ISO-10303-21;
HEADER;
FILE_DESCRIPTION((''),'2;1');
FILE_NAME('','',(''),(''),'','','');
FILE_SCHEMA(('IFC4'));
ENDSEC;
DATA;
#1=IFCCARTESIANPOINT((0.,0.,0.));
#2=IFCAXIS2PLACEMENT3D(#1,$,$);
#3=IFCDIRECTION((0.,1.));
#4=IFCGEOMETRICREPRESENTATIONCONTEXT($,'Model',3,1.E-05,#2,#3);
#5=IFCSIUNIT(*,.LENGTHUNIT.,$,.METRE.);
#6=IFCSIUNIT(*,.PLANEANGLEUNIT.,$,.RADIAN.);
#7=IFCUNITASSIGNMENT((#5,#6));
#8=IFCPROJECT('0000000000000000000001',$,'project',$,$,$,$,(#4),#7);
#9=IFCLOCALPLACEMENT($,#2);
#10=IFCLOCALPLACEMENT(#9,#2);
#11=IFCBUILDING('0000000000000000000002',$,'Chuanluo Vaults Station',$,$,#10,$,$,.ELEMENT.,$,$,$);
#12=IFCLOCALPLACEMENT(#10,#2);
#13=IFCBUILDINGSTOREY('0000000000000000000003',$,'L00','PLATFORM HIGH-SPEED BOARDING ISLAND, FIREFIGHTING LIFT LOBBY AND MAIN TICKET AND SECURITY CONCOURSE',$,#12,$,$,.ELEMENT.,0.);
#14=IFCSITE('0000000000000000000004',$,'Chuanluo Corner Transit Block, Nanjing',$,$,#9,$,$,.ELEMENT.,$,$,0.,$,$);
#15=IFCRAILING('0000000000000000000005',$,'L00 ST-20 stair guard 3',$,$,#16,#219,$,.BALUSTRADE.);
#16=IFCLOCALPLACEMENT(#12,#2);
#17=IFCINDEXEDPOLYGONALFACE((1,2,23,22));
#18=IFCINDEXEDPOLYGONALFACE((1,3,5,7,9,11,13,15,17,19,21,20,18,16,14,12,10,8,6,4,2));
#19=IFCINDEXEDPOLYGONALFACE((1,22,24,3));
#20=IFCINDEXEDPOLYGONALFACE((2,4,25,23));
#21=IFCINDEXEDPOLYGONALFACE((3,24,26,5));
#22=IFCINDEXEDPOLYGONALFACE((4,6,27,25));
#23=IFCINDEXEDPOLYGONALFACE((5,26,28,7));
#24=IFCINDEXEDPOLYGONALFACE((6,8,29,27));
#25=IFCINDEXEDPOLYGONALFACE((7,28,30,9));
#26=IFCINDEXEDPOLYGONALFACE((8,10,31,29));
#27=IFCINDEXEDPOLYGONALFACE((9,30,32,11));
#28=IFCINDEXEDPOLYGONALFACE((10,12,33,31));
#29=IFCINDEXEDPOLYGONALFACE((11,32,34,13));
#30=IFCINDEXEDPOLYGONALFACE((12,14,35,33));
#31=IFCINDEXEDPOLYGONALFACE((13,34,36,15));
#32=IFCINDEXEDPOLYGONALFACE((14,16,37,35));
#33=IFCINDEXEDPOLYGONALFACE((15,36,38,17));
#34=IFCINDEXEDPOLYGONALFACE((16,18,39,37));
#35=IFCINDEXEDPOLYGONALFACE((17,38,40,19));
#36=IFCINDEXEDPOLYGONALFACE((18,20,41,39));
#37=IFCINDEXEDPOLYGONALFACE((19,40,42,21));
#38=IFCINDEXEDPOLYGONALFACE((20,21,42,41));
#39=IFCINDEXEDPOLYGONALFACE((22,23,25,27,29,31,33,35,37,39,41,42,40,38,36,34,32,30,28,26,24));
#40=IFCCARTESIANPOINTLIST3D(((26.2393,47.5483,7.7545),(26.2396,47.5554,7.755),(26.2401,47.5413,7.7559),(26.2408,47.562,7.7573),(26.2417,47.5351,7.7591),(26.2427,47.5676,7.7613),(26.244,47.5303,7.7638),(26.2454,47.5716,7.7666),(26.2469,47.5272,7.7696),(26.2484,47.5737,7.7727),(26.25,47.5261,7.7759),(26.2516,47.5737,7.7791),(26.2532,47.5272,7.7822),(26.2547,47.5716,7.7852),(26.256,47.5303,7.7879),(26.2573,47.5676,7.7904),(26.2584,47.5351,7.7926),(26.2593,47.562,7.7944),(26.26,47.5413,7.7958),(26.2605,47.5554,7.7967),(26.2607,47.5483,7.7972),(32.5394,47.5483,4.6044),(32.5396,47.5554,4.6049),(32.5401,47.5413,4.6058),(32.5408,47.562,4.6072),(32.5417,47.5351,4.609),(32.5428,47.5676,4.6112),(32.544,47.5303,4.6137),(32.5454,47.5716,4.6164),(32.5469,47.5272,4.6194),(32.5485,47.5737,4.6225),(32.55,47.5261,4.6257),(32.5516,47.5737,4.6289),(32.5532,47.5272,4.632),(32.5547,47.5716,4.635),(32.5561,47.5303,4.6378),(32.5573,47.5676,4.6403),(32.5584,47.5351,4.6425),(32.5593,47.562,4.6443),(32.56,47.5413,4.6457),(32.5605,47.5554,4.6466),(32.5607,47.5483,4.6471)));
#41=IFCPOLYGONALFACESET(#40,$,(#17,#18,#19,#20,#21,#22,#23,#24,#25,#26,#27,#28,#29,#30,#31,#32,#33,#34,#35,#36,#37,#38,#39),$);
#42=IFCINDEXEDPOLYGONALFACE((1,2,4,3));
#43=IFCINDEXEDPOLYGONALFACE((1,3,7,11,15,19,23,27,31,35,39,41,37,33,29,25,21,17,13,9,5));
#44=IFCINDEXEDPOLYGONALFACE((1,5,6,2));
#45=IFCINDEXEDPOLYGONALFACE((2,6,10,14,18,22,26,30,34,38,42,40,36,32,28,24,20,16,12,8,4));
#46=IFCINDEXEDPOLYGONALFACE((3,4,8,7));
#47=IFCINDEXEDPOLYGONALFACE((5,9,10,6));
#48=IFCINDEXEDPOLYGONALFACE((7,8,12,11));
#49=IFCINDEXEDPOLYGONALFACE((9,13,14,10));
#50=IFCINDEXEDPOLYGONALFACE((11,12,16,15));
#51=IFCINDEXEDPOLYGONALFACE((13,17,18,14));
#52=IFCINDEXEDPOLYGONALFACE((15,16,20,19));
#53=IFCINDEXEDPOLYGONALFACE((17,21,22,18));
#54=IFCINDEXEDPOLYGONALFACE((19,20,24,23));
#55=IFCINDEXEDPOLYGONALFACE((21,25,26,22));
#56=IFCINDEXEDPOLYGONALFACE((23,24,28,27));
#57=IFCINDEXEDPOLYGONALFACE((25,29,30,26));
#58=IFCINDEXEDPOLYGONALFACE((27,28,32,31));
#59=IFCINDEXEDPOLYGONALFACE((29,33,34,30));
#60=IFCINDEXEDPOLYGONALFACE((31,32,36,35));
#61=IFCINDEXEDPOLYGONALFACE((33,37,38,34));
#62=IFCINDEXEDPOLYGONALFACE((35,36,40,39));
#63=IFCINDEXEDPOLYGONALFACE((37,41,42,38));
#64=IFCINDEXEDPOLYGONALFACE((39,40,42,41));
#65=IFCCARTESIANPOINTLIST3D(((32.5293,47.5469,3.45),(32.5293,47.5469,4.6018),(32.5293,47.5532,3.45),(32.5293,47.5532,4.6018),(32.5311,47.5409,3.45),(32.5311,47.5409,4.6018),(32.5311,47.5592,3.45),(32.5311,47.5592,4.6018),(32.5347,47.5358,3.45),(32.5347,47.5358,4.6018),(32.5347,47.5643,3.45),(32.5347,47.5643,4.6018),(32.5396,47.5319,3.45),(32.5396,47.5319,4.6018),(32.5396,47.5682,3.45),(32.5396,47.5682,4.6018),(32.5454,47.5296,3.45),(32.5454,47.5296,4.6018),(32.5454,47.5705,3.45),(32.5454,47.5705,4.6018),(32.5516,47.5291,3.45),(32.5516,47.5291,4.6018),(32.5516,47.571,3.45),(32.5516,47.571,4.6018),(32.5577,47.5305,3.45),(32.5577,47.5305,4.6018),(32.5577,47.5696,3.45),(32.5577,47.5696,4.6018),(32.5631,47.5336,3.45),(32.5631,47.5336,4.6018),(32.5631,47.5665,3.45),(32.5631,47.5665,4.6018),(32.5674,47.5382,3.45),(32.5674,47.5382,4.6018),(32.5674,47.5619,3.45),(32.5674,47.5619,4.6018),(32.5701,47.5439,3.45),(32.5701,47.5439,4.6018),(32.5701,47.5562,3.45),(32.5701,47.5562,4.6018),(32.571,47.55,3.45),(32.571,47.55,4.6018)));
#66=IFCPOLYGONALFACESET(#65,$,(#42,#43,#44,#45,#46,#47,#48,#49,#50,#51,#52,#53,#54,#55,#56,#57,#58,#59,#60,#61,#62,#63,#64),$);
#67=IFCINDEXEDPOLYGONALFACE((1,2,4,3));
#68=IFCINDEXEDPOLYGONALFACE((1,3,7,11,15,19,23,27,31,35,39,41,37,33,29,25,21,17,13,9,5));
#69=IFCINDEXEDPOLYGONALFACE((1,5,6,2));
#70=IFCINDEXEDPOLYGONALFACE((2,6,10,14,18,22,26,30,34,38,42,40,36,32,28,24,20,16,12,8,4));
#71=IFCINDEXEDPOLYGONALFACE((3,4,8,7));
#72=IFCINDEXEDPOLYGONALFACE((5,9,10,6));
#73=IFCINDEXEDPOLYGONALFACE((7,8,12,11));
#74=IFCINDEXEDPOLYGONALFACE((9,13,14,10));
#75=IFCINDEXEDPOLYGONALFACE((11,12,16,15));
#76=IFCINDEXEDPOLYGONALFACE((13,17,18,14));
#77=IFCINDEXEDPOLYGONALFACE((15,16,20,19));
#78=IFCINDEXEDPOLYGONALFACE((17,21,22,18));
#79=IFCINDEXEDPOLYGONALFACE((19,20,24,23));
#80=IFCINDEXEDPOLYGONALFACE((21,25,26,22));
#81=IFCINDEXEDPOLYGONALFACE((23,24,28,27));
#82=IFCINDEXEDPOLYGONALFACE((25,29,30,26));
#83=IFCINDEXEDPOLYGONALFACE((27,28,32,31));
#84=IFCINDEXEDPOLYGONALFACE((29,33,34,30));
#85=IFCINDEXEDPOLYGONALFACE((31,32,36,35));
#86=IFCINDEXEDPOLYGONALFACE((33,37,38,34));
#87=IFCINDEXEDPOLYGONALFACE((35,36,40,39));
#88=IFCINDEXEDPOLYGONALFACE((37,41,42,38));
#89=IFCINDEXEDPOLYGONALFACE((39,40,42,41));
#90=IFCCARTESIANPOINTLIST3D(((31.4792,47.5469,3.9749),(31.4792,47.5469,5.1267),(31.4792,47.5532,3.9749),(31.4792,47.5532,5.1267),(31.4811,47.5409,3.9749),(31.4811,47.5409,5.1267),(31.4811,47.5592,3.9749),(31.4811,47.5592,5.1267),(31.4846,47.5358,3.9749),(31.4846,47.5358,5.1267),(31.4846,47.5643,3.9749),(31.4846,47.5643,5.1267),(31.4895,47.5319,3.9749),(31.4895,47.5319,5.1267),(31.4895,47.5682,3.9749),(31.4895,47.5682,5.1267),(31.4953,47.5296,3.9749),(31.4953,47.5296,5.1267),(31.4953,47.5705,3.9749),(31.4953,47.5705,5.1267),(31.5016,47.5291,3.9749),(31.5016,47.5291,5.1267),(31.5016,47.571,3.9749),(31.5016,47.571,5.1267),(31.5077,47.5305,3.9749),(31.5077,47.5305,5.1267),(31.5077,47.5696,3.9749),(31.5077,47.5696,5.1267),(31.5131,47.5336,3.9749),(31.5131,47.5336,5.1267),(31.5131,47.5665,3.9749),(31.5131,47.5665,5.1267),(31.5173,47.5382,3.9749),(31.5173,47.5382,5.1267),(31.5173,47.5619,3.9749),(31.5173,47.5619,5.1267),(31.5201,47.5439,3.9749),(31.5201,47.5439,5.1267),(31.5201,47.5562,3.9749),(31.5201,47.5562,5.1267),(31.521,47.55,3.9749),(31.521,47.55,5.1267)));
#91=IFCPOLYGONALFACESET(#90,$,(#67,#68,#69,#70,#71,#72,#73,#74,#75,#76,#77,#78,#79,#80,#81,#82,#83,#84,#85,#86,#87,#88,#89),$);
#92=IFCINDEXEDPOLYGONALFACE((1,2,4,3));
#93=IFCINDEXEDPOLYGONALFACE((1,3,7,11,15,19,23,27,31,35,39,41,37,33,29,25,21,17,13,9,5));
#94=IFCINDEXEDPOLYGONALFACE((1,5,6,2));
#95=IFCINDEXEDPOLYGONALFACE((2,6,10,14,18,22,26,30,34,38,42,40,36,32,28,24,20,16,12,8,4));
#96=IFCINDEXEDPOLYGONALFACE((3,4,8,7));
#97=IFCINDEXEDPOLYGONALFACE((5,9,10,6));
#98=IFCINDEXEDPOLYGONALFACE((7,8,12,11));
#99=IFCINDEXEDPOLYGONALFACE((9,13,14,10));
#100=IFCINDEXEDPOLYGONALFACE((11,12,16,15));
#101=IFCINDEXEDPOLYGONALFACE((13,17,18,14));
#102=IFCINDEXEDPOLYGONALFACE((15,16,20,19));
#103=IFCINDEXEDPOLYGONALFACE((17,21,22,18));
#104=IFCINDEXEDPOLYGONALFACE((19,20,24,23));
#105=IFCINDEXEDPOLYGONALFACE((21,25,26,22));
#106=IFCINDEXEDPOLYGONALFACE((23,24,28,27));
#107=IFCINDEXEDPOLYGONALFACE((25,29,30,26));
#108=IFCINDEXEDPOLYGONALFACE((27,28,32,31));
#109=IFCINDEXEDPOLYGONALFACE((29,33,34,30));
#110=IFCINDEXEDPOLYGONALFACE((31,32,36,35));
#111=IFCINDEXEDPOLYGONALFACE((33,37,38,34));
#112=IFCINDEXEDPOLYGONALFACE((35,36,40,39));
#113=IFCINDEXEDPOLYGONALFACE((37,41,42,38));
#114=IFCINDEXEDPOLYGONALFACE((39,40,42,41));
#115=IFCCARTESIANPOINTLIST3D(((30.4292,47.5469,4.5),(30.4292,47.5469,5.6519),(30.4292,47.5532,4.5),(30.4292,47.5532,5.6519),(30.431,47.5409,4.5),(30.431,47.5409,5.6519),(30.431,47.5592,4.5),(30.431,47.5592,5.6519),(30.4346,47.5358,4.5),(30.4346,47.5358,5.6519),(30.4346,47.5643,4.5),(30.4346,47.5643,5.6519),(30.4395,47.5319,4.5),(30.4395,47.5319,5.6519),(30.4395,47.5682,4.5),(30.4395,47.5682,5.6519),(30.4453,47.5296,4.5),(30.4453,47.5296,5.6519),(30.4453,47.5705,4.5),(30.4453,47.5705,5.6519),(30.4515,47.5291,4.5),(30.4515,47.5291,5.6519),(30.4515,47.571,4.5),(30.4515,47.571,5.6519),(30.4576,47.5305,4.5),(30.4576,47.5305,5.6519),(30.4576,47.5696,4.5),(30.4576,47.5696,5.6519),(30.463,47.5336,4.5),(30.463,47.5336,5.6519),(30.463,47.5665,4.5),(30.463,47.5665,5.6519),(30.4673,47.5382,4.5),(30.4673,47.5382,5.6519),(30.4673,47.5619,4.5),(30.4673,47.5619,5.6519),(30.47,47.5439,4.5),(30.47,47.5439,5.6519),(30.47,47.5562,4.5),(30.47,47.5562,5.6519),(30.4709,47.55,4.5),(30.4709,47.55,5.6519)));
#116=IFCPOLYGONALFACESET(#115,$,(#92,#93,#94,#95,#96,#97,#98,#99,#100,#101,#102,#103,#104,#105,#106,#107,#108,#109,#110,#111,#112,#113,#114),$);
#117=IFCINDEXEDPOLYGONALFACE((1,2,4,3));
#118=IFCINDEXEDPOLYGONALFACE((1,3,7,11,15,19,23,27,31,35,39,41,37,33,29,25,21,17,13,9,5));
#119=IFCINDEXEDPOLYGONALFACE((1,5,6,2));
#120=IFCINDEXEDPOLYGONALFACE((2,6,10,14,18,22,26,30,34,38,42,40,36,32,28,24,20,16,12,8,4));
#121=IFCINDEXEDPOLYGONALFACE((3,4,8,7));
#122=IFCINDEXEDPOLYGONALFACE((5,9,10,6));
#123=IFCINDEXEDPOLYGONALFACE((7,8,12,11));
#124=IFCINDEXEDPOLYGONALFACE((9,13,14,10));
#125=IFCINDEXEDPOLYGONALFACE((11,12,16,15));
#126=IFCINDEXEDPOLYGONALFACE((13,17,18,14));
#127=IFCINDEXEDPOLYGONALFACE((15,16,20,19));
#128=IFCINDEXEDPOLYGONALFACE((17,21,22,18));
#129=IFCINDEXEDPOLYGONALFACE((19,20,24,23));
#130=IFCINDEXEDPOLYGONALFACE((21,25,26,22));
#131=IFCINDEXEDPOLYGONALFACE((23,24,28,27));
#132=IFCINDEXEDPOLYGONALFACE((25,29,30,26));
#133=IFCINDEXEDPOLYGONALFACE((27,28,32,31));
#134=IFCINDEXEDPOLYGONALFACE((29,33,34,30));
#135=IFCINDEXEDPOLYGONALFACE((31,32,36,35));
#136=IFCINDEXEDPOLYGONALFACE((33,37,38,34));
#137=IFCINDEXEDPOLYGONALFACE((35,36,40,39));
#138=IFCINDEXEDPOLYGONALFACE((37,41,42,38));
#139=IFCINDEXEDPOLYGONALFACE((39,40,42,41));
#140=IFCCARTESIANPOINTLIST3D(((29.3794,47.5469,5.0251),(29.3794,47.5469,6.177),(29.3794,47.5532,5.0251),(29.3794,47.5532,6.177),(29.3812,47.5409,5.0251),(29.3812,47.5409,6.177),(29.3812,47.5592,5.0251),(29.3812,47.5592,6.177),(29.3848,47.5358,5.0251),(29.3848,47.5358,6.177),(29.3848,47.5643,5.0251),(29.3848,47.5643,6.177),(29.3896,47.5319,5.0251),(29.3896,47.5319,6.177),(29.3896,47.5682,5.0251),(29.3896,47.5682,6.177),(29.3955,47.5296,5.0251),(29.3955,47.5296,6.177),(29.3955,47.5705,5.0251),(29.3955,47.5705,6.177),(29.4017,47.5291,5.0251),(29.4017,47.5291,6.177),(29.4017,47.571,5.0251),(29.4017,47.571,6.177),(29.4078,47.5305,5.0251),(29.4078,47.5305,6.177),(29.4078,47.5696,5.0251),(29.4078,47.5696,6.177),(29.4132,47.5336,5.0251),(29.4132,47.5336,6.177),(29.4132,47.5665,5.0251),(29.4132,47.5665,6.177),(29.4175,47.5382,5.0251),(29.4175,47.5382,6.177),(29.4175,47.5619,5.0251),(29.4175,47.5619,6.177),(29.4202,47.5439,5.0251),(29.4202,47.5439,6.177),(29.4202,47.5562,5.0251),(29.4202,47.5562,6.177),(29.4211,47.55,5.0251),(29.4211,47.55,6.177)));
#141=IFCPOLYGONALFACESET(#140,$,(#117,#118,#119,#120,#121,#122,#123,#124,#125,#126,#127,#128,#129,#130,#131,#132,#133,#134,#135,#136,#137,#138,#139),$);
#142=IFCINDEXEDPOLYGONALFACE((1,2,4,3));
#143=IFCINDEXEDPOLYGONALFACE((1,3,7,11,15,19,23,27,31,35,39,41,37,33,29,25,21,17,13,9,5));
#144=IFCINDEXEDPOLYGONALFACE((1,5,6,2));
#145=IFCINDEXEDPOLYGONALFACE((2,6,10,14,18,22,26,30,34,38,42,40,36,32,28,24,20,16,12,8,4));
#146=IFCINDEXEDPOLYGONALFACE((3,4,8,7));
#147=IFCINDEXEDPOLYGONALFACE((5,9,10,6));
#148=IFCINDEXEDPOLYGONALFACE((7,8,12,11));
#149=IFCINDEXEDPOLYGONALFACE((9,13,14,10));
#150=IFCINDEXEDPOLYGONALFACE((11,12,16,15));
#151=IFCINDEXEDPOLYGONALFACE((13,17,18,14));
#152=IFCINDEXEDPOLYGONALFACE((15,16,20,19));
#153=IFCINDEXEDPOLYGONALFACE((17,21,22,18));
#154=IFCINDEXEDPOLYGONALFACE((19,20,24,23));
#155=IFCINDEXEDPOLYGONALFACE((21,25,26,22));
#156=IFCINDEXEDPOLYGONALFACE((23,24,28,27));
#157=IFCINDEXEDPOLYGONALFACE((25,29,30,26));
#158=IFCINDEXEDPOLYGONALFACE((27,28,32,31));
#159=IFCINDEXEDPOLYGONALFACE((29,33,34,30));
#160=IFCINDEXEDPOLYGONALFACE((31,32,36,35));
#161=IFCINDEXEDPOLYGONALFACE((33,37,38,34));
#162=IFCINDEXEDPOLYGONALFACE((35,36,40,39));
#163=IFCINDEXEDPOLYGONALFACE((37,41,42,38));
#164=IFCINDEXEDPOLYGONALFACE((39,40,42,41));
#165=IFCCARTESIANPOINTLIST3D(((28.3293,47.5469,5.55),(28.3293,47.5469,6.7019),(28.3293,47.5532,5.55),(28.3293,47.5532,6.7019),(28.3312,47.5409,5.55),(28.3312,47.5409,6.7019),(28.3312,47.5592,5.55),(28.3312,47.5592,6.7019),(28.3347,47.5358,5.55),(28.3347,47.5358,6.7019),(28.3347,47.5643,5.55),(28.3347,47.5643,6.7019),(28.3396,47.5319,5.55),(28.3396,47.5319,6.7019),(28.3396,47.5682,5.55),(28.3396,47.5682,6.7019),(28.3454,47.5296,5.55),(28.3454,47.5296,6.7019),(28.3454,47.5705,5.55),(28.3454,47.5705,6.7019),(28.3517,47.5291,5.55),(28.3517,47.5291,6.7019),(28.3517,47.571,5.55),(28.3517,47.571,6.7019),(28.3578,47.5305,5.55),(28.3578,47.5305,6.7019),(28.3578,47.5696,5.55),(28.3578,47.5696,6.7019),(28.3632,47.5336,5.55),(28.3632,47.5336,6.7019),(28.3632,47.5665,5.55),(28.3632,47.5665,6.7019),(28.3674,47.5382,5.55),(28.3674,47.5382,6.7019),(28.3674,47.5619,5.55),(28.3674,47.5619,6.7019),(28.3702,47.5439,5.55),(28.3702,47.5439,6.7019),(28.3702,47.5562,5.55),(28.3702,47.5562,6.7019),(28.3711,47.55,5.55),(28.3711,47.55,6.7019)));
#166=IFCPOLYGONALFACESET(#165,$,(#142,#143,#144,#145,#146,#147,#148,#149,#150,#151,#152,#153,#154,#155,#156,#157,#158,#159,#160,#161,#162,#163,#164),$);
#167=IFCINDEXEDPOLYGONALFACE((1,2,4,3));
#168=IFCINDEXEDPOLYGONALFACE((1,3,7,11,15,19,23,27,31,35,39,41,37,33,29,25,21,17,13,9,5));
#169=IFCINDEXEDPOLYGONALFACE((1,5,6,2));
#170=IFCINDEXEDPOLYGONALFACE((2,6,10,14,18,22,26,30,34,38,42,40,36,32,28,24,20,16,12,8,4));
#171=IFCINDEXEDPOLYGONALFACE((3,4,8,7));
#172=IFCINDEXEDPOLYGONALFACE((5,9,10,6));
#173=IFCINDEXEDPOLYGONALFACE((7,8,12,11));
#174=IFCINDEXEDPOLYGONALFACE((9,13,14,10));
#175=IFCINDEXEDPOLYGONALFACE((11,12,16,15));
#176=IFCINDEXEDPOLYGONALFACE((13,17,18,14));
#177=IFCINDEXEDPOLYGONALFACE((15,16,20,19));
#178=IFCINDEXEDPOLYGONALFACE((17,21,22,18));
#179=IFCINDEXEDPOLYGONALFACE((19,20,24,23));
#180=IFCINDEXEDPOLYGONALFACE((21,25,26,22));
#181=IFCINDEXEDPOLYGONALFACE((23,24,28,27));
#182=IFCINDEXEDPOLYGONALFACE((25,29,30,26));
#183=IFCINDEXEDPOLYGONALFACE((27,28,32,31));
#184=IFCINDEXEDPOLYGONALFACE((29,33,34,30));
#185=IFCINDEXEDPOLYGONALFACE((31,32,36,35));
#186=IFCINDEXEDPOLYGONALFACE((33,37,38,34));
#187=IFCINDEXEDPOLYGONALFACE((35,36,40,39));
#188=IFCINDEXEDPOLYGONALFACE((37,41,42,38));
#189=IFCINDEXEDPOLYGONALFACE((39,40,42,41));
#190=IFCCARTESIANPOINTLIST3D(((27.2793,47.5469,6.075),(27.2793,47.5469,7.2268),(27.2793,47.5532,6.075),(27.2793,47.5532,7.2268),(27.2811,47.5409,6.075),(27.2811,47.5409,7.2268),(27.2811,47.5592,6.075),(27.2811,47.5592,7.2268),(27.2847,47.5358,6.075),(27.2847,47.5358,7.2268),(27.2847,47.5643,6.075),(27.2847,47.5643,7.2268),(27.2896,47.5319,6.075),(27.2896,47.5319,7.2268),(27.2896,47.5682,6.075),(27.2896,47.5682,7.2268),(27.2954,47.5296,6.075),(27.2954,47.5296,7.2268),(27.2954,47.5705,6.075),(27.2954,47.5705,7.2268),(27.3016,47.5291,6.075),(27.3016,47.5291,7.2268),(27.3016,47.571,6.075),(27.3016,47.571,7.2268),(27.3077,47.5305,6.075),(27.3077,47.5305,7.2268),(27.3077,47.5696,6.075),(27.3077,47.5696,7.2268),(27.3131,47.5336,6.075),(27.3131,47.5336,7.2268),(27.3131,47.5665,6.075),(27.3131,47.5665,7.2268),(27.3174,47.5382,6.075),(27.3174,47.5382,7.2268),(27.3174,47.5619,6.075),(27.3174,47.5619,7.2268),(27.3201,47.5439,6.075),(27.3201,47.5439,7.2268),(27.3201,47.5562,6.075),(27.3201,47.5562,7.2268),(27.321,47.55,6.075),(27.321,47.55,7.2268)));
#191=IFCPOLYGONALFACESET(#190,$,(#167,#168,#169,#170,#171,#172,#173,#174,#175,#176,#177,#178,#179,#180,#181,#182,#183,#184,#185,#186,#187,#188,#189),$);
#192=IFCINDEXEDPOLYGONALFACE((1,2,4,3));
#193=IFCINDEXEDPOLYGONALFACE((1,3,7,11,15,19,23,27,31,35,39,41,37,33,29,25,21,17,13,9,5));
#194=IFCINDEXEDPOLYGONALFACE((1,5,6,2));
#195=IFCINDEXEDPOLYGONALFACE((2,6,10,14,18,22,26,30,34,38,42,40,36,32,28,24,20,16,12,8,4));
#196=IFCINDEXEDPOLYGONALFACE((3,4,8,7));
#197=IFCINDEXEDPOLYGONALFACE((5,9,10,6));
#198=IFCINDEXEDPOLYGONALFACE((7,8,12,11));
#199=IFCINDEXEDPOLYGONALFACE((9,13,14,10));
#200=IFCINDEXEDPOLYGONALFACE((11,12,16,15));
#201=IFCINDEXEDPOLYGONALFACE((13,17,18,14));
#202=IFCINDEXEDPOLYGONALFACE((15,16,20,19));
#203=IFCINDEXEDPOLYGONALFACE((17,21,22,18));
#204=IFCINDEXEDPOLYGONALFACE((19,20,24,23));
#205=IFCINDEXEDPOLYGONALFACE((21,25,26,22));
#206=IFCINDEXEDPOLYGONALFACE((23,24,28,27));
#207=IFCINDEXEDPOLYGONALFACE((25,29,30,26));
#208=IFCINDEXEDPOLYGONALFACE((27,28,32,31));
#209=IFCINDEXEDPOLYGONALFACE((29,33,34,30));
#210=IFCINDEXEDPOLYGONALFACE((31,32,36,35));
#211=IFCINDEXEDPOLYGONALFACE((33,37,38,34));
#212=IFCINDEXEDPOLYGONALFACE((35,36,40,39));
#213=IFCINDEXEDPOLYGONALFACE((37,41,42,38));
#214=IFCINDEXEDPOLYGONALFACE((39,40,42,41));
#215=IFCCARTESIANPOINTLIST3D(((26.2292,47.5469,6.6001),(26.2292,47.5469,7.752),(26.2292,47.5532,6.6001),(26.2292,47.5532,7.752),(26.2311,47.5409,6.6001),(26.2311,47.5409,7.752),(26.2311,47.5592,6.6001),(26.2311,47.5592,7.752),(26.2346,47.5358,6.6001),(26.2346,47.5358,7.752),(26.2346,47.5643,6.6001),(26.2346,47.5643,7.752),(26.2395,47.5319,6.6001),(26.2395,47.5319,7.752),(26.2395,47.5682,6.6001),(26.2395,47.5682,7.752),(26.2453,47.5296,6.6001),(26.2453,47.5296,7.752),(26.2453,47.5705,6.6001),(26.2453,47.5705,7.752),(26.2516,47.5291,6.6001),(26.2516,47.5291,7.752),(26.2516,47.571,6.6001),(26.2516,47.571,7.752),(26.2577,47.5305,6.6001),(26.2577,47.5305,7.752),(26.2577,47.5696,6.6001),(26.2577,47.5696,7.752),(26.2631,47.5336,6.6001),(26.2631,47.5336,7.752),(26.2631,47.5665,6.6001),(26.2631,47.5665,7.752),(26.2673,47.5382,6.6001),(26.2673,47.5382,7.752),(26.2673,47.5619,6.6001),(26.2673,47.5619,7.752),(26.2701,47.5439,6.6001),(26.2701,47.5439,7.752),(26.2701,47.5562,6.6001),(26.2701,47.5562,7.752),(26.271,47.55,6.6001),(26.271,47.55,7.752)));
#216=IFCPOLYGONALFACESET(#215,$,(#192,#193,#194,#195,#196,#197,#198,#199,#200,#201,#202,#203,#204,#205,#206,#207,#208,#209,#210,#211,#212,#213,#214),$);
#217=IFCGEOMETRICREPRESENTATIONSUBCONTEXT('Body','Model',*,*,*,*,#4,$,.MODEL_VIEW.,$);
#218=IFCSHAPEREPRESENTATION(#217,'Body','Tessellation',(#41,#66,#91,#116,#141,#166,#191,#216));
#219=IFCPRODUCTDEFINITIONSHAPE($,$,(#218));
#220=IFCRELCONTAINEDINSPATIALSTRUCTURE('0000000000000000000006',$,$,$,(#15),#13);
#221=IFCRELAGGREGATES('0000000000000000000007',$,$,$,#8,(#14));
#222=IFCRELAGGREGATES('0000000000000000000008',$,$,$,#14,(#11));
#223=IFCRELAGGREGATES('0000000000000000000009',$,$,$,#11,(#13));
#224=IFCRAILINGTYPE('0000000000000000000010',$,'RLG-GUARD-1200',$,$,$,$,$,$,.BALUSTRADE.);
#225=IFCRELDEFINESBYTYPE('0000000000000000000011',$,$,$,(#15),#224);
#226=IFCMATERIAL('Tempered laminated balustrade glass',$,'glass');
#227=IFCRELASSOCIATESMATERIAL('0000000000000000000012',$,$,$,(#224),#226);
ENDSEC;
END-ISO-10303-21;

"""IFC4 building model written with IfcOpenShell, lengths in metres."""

from ifc_helpers import new_model, si_unit, direction, frame, origin, origin_2d, place, context, subcontext, project, spatial, circle, extrude, material, type_object, element, save


model = new_model("IFC4")

# Units and contexts
model_context = context("Model", 3, precision=1e-05, world=origin(), true_north=direction((0.0, 1.0)))
body_context = subcontext(model_context, "Body", "Model", "MODEL_VIEW")
ifc_project = project(units=[si_unit("LENGTHUNIT", "METRE"), si_unit("PLANEANGLEUNIT", "RADIAN")], contexts=[model_context])

# Site, building, storey
site_placement = place(None, origin())
site = spatial("IfcSite", under=ifc_project, at=site_placement, Name="Chuanluo Corner Transit Block, Nanjing", CompositionType="ELEMENT", RefElevation=0.0)
building_placement = place(site_placement, origin())
building = spatial("IfcBuilding", under=site, at=building_placement, Name="Chuanluo Vaults Station", CompositionType="ELEMENT")
storey_placement = place(building_placement, origin())
storey = spatial("IfcBuildingStorey", under=building, at=storey_placement, Name="L00", Description="PLATFORM HIGH-SPEED BOARDING ISLAND, FIREFIGHTING LIFT LOBBY AND MAIN TICKET AND SECURITY CONCOURSE", CompositionType="ELEMENT", Elevation=0.0)

# Railing
ifc_material_1 = material(Name="Tempered laminated balustrade glass", Category="glass")
railing_type_1 = type_object("IfcRailingType", Name="RLG-GUARD-1200", PredefinedType="BALUSTRADE", material=ifc_material_1)
railing_1_placement = place(storey_placement, frame((32.55, 47.55, 3.45)))
element("IfcRailing", 1, at=railing_1_placement, inside=storey, type_object=railing_type_1, Name="L00 ST-20 stair guard 3", PredefinedType="BALUSTRADE", context=body_context, shape_type="SweptSolid", body=[
    extrude(circle(Radius=0.0239, at=origin_2d()), frame((0.0, 0.0, 1.1758), z_axis=(-0.89442, 0.0, 0.447227), x_axis=(0.0, -1.0, 0.0)), (0.0, 0.0, 1.0), 7.0437),
    extrude(circle(Radius=0.021, at=origin_2d()), origin(), (0.0, 0.0, 1.0), 1.1519),
    extrude(circle(Radius=0.021, at=origin_2d()), frame((-1.05, 0.0, 0.5249)), (0.0, 0.0, 1.0), 1.1519),
    extrude(circle(Radius=0.021, at=origin_2d()), frame((-2.1001, 0.0, 1.05)), (0.0, 0.0, 1.0), 1.1519),
    extrude(circle(Radius=0.021, at=origin_2d()), frame((-3.1499, 0.0, 1.5752)), (0.0, 0.0, 1.0), 1.1519),
    extrude(circle(Radius=0.021, at=origin_2d()), frame((-4.2, 0.0, 2.1001)), (0.0, 0.0, 1.0), 1.1519),
    extrude(circle(Radius=0.021, at=origin_2d()), frame((-5.25, 0.0, 2.625)), (0.0, 0.0, 1.0), 1.1519),
    extrude(circle(Radius=0.021, at=origin_2d()), frame((-6.3, 0.0, 3.1501)), (0.0, 0.0, 1.0), 1.1519),
])

save(model, "model.ifc")
